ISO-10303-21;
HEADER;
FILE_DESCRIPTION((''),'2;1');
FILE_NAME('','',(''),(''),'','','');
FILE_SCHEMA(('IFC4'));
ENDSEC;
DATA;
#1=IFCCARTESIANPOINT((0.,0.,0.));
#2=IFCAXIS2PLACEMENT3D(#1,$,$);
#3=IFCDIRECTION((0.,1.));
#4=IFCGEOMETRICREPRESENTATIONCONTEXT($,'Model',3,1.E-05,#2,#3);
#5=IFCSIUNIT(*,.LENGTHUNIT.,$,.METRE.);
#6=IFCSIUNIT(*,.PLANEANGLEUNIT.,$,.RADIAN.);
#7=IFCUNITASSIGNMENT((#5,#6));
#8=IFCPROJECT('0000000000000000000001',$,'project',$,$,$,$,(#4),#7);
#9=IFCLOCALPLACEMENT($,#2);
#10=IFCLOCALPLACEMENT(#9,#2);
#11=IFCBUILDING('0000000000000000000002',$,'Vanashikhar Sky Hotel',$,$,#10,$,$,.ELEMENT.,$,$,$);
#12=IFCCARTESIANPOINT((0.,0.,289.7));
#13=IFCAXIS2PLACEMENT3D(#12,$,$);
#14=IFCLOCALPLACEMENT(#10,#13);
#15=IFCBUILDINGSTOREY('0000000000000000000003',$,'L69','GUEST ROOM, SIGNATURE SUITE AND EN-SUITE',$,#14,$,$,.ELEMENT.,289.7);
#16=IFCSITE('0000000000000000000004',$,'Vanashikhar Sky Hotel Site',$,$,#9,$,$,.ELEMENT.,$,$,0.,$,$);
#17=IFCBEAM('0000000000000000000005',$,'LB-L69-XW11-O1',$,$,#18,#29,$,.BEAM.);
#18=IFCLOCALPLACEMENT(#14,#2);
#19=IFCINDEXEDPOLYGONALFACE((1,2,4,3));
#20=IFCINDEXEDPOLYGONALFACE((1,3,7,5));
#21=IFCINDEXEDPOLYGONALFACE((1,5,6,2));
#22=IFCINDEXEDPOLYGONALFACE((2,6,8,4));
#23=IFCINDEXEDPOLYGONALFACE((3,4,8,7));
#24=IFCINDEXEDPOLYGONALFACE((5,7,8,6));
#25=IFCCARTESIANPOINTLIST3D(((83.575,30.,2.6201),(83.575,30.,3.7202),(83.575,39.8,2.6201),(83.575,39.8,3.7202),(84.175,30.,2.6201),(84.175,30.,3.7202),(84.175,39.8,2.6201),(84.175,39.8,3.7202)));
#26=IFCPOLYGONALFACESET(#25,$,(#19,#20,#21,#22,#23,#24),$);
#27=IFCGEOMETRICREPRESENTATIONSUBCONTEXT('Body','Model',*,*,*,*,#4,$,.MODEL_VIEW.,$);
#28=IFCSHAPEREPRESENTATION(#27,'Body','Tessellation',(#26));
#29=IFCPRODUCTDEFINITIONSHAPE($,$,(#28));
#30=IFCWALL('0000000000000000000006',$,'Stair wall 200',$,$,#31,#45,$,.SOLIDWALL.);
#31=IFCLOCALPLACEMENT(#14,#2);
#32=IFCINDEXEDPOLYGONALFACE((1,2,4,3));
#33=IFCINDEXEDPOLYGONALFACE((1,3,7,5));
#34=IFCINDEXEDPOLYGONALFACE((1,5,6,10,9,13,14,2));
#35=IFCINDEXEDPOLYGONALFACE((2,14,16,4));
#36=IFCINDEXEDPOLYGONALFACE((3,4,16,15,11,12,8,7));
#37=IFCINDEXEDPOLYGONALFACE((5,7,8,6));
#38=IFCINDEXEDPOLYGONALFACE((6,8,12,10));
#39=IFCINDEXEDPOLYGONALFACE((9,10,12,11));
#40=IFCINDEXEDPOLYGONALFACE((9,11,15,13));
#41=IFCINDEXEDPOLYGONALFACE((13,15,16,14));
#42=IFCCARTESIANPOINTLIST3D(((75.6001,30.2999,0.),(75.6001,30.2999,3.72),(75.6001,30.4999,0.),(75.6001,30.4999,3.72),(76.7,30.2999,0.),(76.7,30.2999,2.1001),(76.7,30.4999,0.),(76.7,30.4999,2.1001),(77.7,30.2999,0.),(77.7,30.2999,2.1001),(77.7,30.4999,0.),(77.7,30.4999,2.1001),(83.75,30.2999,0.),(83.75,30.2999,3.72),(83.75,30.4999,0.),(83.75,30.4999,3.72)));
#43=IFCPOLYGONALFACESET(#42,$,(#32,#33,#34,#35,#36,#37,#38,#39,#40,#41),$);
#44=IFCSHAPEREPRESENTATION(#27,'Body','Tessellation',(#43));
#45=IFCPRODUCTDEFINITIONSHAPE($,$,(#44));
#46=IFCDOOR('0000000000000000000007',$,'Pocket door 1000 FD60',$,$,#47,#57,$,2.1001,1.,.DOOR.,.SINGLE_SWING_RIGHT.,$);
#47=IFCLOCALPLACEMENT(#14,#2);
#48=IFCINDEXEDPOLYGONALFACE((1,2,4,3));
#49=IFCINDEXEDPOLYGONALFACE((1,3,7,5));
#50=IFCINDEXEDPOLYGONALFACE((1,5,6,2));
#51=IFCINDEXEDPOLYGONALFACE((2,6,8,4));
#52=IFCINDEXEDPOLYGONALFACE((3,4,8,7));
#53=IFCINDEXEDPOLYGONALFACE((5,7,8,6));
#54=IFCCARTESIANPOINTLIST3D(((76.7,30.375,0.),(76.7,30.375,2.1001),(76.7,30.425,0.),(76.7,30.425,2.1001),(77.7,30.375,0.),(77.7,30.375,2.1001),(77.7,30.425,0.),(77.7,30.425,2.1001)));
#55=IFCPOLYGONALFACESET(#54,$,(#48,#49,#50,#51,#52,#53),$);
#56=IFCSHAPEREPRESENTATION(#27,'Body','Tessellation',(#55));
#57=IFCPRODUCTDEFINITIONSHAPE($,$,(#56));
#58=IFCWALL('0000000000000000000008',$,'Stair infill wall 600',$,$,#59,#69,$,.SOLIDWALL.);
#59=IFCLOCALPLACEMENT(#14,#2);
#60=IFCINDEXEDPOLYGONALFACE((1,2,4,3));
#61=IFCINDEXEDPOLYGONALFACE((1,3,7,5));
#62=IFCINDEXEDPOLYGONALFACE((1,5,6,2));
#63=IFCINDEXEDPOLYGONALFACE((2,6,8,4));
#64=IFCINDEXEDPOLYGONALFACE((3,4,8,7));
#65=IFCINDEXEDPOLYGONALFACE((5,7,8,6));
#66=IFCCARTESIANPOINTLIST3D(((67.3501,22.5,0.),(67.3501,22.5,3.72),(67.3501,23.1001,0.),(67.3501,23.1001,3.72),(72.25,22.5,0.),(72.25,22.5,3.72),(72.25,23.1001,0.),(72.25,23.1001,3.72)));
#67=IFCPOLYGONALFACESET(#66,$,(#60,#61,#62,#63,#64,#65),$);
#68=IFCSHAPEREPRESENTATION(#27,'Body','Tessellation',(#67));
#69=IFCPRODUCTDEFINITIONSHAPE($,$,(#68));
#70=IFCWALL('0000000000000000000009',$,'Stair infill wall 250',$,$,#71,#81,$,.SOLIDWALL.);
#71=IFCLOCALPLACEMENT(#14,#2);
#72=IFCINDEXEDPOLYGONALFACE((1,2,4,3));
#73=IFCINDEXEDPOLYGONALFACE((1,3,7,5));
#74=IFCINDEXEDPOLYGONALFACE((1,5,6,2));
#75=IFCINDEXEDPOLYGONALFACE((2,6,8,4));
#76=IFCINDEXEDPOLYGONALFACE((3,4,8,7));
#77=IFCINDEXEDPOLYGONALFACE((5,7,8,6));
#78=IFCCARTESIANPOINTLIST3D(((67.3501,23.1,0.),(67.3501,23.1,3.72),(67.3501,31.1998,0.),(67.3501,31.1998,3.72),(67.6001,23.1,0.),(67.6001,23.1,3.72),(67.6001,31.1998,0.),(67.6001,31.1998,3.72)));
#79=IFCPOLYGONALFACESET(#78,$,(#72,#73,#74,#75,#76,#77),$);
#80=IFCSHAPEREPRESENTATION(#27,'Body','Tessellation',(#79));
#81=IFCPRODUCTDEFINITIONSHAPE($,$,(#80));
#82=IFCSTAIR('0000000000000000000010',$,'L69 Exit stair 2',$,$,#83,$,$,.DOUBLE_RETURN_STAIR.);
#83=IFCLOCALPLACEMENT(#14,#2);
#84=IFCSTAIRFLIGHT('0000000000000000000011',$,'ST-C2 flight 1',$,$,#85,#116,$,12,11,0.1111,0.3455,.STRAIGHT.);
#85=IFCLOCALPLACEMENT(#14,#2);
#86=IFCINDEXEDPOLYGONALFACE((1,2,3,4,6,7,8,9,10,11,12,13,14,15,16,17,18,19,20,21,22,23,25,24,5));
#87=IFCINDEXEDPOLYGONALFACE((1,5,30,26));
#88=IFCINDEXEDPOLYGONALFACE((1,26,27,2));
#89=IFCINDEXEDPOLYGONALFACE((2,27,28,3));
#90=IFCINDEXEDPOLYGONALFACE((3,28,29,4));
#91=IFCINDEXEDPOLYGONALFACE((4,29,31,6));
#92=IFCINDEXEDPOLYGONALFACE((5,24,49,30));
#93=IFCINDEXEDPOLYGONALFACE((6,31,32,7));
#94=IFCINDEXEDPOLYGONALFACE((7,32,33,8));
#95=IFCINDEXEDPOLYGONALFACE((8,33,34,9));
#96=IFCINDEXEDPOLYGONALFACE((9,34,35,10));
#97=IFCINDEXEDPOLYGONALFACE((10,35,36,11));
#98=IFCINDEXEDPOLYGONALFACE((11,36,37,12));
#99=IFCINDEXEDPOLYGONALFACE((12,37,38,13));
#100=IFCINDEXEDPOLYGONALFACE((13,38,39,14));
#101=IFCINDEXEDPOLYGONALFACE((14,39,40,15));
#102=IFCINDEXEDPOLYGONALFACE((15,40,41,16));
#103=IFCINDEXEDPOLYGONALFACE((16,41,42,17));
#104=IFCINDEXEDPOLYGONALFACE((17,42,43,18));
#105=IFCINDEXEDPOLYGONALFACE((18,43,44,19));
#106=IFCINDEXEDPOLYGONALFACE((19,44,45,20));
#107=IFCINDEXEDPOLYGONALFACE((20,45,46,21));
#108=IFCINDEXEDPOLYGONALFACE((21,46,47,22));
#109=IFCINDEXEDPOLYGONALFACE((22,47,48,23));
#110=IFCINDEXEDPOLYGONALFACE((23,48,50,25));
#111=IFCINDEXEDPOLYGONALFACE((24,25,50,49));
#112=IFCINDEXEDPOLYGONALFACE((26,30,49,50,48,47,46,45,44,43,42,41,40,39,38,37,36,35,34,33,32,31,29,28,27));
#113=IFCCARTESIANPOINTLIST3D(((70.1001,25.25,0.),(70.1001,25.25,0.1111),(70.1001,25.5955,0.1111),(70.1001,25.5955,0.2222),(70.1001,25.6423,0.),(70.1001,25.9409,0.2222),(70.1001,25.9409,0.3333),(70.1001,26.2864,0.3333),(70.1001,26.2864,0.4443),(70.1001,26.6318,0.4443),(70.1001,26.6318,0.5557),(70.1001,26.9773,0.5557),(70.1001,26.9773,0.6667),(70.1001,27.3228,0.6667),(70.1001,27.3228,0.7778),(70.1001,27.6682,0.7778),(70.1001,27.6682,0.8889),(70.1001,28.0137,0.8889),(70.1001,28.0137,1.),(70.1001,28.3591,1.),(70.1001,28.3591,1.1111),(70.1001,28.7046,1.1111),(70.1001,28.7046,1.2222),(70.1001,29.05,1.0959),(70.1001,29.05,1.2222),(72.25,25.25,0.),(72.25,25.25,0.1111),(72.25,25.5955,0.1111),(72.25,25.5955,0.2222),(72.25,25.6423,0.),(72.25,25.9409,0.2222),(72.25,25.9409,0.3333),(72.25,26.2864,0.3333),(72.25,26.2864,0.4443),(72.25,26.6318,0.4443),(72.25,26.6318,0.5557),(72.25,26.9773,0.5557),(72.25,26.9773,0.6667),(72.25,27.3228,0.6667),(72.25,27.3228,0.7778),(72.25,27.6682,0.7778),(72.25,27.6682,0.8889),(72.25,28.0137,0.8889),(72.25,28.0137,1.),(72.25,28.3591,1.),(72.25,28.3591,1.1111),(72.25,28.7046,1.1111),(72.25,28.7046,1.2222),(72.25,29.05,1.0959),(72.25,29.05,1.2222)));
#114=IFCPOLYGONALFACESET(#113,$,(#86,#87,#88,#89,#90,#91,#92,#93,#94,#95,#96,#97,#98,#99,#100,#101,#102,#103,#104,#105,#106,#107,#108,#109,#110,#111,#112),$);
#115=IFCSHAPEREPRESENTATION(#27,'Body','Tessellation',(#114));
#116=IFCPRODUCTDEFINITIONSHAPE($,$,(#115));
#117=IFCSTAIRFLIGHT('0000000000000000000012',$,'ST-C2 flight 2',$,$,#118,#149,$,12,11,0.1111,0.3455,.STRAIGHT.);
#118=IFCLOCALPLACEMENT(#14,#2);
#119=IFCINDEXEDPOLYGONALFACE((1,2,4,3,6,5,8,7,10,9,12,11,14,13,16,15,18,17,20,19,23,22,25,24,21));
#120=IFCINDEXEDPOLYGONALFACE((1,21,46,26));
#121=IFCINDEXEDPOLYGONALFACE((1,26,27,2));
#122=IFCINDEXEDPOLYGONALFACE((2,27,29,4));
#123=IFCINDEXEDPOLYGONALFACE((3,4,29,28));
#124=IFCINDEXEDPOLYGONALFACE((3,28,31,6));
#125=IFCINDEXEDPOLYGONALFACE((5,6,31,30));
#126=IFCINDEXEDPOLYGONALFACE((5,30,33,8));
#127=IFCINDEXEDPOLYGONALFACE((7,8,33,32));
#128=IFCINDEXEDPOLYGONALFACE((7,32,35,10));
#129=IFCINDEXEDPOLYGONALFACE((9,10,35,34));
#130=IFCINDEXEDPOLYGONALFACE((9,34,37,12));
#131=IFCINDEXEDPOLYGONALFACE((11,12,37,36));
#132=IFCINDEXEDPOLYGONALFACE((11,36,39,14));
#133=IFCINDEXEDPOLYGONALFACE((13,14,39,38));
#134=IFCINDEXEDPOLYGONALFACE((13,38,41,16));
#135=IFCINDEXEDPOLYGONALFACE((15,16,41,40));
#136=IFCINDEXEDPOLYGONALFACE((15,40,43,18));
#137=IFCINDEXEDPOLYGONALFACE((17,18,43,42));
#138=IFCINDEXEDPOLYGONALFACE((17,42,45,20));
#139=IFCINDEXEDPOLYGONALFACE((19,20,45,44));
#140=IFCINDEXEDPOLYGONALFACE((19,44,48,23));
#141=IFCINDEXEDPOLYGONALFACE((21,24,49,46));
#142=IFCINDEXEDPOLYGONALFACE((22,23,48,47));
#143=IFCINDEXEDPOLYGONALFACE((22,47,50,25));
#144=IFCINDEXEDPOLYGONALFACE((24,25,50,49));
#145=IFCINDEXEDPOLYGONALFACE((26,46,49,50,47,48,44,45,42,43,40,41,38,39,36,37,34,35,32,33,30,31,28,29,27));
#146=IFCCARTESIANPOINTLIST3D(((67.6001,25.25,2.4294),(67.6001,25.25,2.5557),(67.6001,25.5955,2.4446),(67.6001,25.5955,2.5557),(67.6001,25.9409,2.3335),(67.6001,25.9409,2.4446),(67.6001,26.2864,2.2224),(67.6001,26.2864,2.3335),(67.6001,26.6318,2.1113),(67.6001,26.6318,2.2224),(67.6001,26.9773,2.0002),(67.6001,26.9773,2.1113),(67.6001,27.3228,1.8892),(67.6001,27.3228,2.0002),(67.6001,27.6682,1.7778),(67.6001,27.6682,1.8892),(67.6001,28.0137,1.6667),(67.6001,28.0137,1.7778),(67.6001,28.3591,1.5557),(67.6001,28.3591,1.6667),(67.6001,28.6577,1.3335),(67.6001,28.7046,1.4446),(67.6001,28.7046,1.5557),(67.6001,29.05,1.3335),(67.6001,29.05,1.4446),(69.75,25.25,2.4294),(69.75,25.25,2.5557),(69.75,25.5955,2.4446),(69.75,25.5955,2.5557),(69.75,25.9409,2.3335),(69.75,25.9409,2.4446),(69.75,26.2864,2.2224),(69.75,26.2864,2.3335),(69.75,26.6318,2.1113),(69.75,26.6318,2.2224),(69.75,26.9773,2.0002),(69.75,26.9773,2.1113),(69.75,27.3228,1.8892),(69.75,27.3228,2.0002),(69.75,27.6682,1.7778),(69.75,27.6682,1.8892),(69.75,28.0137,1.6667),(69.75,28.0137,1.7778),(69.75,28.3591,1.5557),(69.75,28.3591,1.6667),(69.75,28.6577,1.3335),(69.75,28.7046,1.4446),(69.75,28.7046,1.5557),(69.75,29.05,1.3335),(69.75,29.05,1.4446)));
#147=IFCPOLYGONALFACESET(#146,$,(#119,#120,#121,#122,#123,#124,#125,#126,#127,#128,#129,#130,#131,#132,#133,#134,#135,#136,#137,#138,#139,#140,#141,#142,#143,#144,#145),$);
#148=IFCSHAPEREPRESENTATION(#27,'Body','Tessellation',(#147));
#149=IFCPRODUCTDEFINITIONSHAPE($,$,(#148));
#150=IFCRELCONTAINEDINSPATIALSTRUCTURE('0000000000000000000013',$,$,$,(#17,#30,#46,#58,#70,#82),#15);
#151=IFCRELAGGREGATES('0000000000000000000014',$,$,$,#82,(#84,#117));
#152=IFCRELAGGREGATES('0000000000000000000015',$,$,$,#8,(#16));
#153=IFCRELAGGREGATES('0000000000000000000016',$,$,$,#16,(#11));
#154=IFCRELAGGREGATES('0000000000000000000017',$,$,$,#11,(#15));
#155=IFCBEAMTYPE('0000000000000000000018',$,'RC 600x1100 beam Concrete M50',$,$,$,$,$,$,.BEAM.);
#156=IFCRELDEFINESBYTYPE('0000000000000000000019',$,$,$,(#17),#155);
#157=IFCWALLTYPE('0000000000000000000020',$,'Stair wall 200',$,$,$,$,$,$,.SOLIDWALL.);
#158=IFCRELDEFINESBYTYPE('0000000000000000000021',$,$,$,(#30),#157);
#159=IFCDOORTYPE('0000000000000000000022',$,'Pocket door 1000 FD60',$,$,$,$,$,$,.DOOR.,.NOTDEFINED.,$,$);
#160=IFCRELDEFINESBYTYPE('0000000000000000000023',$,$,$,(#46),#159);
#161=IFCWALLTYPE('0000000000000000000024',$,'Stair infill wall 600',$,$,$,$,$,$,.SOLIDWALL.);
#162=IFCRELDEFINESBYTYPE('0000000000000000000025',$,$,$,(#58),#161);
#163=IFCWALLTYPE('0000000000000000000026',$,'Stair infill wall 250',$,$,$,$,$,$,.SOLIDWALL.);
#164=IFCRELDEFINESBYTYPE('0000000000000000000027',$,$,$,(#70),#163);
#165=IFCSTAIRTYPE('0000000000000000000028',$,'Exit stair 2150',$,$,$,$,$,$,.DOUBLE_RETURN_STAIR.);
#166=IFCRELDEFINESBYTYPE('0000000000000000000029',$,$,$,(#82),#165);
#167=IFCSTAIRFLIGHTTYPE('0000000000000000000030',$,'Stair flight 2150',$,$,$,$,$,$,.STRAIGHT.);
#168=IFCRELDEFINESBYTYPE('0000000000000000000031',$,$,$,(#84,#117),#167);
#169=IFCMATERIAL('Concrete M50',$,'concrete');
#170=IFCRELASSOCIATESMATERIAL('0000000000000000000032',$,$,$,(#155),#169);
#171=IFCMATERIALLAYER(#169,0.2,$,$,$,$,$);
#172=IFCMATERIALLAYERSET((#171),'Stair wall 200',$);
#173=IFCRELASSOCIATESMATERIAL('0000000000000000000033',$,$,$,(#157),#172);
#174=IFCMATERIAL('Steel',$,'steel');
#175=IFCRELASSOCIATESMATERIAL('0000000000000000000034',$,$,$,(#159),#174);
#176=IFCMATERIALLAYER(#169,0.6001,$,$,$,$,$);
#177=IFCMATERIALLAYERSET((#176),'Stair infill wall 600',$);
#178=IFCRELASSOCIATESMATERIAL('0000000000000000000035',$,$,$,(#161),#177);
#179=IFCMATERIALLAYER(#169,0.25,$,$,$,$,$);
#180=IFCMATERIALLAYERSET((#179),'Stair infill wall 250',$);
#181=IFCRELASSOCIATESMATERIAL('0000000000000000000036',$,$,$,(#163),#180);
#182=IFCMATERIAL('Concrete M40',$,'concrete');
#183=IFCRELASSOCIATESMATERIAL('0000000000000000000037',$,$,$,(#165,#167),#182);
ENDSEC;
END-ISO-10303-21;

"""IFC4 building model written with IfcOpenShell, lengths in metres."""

from ifc_helpers import new_model, si_unit, direction, frame, frame_2d, origin, origin_2d, place, context, subcontext, project, spatial, polyline, rectangle, outline, extrude, source, transform, mapped, material, layer, layer_set, material_profile, profile_set, type_object, element, fill, aggregate, save


model = new_model("IFC4")

# Units and contexts
model_context = context("Model", 3, precision=1e-05, world=origin(), true_north=direction((0.0, 1.0)))
body_context = subcontext(model_context, "Body", "Model", "MODEL_VIEW")
ifc_project = project(units=[si_unit("LENGTHUNIT", "METRE"), si_unit("PLANEANGLEUNIT", "RADIAN")], contexts=[model_context])

# Site, building, storey
site_placement = place(None, origin())
site = spatial("IfcSite", under=ifc_project, at=site_placement, Name="Vanashikhar Sky Hotel Site", CompositionType="ELEMENT", RefElevation=0.0)
building_placement = place(site_placement, origin())
building = spatial("IfcBuilding", under=site, at=building_placement, Name="Vanashikhar Sky Hotel", CompositionType="ELEMENT")
storey_placement = place(building_placement, frame((0.0, 0.0, 289.7)))
storey = spatial("IfcBuildingStorey", under=building, at=storey_placement, Name="L69", Description="GUEST ROOM, SIGNATURE SUITE AND EN-SUITE", CompositionType="ELEMENT", Elevation=289.7)

# Beam
ifc_material_1 = material(Name="Concrete M50", Category="concrete")
ifc_material_profile = material_profile(ifc_material_1, rectangle(XDim=0.6001, YDim=1.1001, at=origin_2d()))
ifc_profile_set = profile_set([ifc_material_profile], Name="RC 600x1100 beam Concrete M50")
beam_type = type_object("IfcBeamType", Name="RC 600x1100 beam Concrete M50", PredefinedType="BEAM", material=ifc_profile_set)
shared_shape_1 = source(origin(), body_context, "Body", "SweptSolid", [
    extrude(rectangle(XDim=0.6001, YDim=1.1001, at=origin_2d()), origin(), (0.0, 0.0, 1.0), 9.8),
])
beam_placement = place(storey_placement, frame((83.875, 30.0, 3.1702), z_axis=(0.0, 1.0, 0.0), x_axis=(-1.0, 0.0, 0.0)))
element("IfcBeam", 1, at=beam_placement, inside=storey, type_object=beam_type, Name="LB-L69-XW11-O1", PredefinedType="BEAM", context=body_context, shape_type="MappedRepresentation", body=[
    mapped(shared_shape_1, transform((0.0, 0.0, 0.0), scale=1.0)),
])

# Wall, opening, door
ifc_layer_1 = layer(ifc_material_1, 0.2)
ifc_layer_set_1 = layer_set([ifc_layer_1], Name="Stair wall 200")
wall_type_1 = type_object("IfcWallType", Name="Stair wall 200", PredefinedType="SOLIDWALL", material=ifc_layer_set_1)
shared_shape_2 = source(origin(), body_context, "Body", "SweptSolid", [
    extrude(rectangle(XDim=8.1499, YDim=0.2, at=frame_2d((4.075, 0.0))), origin(), (0.0, 0.0, 1.0), 3.72),
])
wall_1_placement = place(storey_placement, frame((83.75, 30.3999, 0.0), z_axis=(0.0, 0.0, 1.0), x_axis=(-1.0, 0.0, 0.0)))
wall_1 = element("IfcWall", 2, at=wall_1_placement, inside=storey, type_object=wall_type_1, Name="Stair wall 200", PredefinedType="SOLIDWALL", context=body_context, shape_type="MappedRepresentation", body=[
    mapped(shared_shape_2, transform((0.0, 0.0, 0.0), scale=1.0)),
])
shared_shape_3 = source(origin(), body_context, "Body", "SweptSolid", [
    extrude(rectangle(XDim=1.0, YDim=2.1001, at=frame_2d((0.5, 1.05))), frame((0.0, 0.1099, 0.0), z_axis=(0.0, -1.0, 0.0), x_axis=(1.0, 0.0, 0.0)), (0.0, 0.0, 1.0), 0.22),
])
opening_placement = place(wall_1_placement, frame((6.05, 0.0, 0.0)))
opening = element("IfcOpeningElement", 3, at=opening_placement, cuts=wall_1, PredefinedType="OPENING", context=body_context, shape_type="MappedRepresentation", body=[
    mapped(shared_shape_3, transform((0.0, 0.0, 0.0), scale=1.0)),
])
ifc_material_2 = material(Name="Steel", Category="steel")
door_type = type_object("IfcDoorType", Name="Pocket door 1000 FD60", OperationType="NOTDEFINED", PredefinedType="DOOR", material=ifc_material_2)
shared_shape_4 = source(origin(), body_context, "Body", "SweptSolid", [
    extrude(rectangle(XDim=1.0, YDim=2.1001, at=frame_2d((0.5, 1.05))), frame((0.0, 0.0249, 0.0), z_axis=(0.0, -1.0, 0.0), x_axis=(1.0, 0.0, 0.0)), (0.0, 0.0, 1.0), 0.05),
])
door_placement = place(opening_placement, origin())
door = element("IfcDoor", 4, at=door_placement, inside=storey, type_object=door_type, Name="Pocket door 1000 FD60", OperationType="SINGLE_SWING_RIGHT", OverallHeight=2.1001, OverallWidth=1.0, PredefinedType="DOOR", context=body_context, shape_type="MappedRepresentation", body=[
    mapped(shared_shape_4, transform((0.0, 0.0, 0.0), scale=1.0)),
])
fill(opening, door)

# Walls
ifc_layer_2 = layer(ifc_material_1, 0.6001)
ifc_layer_set_2 = layer_set([ifc_layer_2], Name="Stair infill wall 600")
wall_type_2 = type_object("IfcWallType", Name="Stair infill wall 600", PredefinedType="SOLIDWALL", material=ifc_layer_set_2)
shared_shape_5 = source(origin(), body_context, "Body", "SweptSolid", [
    extrude(rectangle(XDim=4.8999, YDim=0.6001, at=frame_2d((2.45, 0.0))), origin(), (0.0, 0.0, 1.0), 3.72),
])
wall_2_placement = place(storey_placement, frame((67.3501, 22.8, 0.0), z_axis=(0.0, 0.0, 1.0), x_axis=(1.0, 0.0, 0.0)))
element("IfcWall", 5, at=wall_2_placement, inside=storey, type_object=wall_type_2, Name="Stair infill wall 600", PredefinedType="SOLIDWALL", context=body_context, shape_type="MappedRepresentation", body=[
    mapped(shared_shape_5, transform((0.0, 0.0, 0.0), scale=1.0)),
])
ifc_layer_3 = layer(ifc_material_1, 0.25)
ifc_layer_set_3 = layer_set([ifc_layer_3], Name="Stair infill wall 250")
wall_type_3 = type_object("IfcWallType", Name="Stair infill wall 250", PredefinedType="SOLIDWALL", material=ifc_layer_set_3)
shared_shape_6 = source(origin(), body_context, "Body", "SweptSolid", [
    extrude(rectangle(XDim=8.0999, YDim=0.25, at=frame_2d((4.0498, 0.0))), origin(), (0.0, 0.0, 1.0), 3.72),
])
wall_3_placement = place(storey_placement, frame((67.4751, 23.1001, 0.0), z_axis=(0.0, 0.0, 1.0), x_axis=(0.0, 1.0, 0.0)))
element("IfcWall", 6, at=wall_3_placement, inside=storey, type_object=wall_type_3, Name="Stair infill wall 250", PredefinedType="SOLIDWALL", context=body_context, shape_type="MappedRepresentation", body=[
    mapped(shared_shape_6, transform((0.0, 0.0, 0.0), scale=1.0)),
])

# Stair, stair flights
ifc_material_3 = material(Name="Concrete M40", Category="concrete")
stair_type = type_object("IfcStairType", Name="Exit stair 2150", PredefinedType="DOUBLE_RETURN_STAIR", material=ifc_material_3)
stair_1_placement = place(storey_placement, origin())
stair_1 = element("IfcStair", 7, at=stair_1_placement, inside=storey, type_object=stair_type, Name="L69 Exit stair 2", PredefinedType="DOUBLE_RETURN_STAIR")
stair_flight_type = type_object("IfcStairFlightType", Name="Stair flight 2150", PredefinedType="STRAIGHT", material=ifc_material_3)
shared_shape_7 = source(origin(), body_context, "Body", "SweptSolid", [
    extrude(outline(polyline([(0.0, 0.0), (0.0, 0.1111), (0.3455, 0.1111), (0.3455, 0.2222), (0.6909, 0.2222), (0.6909, 0.3333), (1.0364, 0.3333), (1.0364, 0.4443), (1.3818, 0.4443), (1.3818, 0.5557), (1.7273, 0.5557), (1.7273, 0.6667), (2.0728, 0.6667), (2.0728, 0.7778), (2.4182, 0.7778), (2.4182, 0.8889), (2.7637, 0.8889), (2.7637, 1.0), (3.1091, 1.0), (3.1091, 1.1111), (3.4546, 1.1111), (3.4546, 1.2222), (3.8, 1.2222), (3.8, 1.3333), (3.8, 1.0959), (0.3923, 0.0), (0.0, 0.0)])), frame((0.0, 1.075, 0.0), z_axis=(0.0, -1.0, 0.0), x_axis=(1.0, 0.0, 0.0)), (0.0, 0.0, 1.0), 2.1499),
])
stair_flight_1_placement = place(storey_placement, frame((71.175, 25.25, 0.0), z_axis=(0.0, 0.0, 1.0), x_axis=(0.0, 1.0, 0.0)))
stair_flight_1 = element("IfcStairFlight", 8, at=stair_flight_1_placement, type_object=stair_flight_type, Name="ST-C2 flight 1", NumberOfRisers=12, NumberOfTreads=11, PredefinedType="STRAIGHT", RiserHeight=0.1111, TreadLength=0.3455, context=body_context, shape_type="MappedRepresentation", body=[
    mapped(shared_shape_7, transform((0.0, 0.0, 0.0), scale=1.0)),
])
stair_flight_2_placement = place(storey_placement, frame((68.675, 29.05, 1.3335), z_axis=(0.0, 0.0, 1.0), x_axis=(0.0, -1.0, 0.0)))
stair_flight_2 = element("IfcStairFlight", 9, at=stair_flight_2_placement, type_object=stair_flight_type, Name="ST-C2 flight 2", NumberOfRisers=12, NumberOfTreads=11, PredefinedType="STRAIGHT", RiserHeight=0.1111, TreadLength=0.3455, context=body_context, shape_type="MappedRepresentation", body=[
    mapped(shared_shape_7, transform((0.0, 0.0, 0.0), scale=1.0)),
])
aggregate(stair_1, [stair_flight_1, stair_flight_2])

save(model, "model.ifc")
